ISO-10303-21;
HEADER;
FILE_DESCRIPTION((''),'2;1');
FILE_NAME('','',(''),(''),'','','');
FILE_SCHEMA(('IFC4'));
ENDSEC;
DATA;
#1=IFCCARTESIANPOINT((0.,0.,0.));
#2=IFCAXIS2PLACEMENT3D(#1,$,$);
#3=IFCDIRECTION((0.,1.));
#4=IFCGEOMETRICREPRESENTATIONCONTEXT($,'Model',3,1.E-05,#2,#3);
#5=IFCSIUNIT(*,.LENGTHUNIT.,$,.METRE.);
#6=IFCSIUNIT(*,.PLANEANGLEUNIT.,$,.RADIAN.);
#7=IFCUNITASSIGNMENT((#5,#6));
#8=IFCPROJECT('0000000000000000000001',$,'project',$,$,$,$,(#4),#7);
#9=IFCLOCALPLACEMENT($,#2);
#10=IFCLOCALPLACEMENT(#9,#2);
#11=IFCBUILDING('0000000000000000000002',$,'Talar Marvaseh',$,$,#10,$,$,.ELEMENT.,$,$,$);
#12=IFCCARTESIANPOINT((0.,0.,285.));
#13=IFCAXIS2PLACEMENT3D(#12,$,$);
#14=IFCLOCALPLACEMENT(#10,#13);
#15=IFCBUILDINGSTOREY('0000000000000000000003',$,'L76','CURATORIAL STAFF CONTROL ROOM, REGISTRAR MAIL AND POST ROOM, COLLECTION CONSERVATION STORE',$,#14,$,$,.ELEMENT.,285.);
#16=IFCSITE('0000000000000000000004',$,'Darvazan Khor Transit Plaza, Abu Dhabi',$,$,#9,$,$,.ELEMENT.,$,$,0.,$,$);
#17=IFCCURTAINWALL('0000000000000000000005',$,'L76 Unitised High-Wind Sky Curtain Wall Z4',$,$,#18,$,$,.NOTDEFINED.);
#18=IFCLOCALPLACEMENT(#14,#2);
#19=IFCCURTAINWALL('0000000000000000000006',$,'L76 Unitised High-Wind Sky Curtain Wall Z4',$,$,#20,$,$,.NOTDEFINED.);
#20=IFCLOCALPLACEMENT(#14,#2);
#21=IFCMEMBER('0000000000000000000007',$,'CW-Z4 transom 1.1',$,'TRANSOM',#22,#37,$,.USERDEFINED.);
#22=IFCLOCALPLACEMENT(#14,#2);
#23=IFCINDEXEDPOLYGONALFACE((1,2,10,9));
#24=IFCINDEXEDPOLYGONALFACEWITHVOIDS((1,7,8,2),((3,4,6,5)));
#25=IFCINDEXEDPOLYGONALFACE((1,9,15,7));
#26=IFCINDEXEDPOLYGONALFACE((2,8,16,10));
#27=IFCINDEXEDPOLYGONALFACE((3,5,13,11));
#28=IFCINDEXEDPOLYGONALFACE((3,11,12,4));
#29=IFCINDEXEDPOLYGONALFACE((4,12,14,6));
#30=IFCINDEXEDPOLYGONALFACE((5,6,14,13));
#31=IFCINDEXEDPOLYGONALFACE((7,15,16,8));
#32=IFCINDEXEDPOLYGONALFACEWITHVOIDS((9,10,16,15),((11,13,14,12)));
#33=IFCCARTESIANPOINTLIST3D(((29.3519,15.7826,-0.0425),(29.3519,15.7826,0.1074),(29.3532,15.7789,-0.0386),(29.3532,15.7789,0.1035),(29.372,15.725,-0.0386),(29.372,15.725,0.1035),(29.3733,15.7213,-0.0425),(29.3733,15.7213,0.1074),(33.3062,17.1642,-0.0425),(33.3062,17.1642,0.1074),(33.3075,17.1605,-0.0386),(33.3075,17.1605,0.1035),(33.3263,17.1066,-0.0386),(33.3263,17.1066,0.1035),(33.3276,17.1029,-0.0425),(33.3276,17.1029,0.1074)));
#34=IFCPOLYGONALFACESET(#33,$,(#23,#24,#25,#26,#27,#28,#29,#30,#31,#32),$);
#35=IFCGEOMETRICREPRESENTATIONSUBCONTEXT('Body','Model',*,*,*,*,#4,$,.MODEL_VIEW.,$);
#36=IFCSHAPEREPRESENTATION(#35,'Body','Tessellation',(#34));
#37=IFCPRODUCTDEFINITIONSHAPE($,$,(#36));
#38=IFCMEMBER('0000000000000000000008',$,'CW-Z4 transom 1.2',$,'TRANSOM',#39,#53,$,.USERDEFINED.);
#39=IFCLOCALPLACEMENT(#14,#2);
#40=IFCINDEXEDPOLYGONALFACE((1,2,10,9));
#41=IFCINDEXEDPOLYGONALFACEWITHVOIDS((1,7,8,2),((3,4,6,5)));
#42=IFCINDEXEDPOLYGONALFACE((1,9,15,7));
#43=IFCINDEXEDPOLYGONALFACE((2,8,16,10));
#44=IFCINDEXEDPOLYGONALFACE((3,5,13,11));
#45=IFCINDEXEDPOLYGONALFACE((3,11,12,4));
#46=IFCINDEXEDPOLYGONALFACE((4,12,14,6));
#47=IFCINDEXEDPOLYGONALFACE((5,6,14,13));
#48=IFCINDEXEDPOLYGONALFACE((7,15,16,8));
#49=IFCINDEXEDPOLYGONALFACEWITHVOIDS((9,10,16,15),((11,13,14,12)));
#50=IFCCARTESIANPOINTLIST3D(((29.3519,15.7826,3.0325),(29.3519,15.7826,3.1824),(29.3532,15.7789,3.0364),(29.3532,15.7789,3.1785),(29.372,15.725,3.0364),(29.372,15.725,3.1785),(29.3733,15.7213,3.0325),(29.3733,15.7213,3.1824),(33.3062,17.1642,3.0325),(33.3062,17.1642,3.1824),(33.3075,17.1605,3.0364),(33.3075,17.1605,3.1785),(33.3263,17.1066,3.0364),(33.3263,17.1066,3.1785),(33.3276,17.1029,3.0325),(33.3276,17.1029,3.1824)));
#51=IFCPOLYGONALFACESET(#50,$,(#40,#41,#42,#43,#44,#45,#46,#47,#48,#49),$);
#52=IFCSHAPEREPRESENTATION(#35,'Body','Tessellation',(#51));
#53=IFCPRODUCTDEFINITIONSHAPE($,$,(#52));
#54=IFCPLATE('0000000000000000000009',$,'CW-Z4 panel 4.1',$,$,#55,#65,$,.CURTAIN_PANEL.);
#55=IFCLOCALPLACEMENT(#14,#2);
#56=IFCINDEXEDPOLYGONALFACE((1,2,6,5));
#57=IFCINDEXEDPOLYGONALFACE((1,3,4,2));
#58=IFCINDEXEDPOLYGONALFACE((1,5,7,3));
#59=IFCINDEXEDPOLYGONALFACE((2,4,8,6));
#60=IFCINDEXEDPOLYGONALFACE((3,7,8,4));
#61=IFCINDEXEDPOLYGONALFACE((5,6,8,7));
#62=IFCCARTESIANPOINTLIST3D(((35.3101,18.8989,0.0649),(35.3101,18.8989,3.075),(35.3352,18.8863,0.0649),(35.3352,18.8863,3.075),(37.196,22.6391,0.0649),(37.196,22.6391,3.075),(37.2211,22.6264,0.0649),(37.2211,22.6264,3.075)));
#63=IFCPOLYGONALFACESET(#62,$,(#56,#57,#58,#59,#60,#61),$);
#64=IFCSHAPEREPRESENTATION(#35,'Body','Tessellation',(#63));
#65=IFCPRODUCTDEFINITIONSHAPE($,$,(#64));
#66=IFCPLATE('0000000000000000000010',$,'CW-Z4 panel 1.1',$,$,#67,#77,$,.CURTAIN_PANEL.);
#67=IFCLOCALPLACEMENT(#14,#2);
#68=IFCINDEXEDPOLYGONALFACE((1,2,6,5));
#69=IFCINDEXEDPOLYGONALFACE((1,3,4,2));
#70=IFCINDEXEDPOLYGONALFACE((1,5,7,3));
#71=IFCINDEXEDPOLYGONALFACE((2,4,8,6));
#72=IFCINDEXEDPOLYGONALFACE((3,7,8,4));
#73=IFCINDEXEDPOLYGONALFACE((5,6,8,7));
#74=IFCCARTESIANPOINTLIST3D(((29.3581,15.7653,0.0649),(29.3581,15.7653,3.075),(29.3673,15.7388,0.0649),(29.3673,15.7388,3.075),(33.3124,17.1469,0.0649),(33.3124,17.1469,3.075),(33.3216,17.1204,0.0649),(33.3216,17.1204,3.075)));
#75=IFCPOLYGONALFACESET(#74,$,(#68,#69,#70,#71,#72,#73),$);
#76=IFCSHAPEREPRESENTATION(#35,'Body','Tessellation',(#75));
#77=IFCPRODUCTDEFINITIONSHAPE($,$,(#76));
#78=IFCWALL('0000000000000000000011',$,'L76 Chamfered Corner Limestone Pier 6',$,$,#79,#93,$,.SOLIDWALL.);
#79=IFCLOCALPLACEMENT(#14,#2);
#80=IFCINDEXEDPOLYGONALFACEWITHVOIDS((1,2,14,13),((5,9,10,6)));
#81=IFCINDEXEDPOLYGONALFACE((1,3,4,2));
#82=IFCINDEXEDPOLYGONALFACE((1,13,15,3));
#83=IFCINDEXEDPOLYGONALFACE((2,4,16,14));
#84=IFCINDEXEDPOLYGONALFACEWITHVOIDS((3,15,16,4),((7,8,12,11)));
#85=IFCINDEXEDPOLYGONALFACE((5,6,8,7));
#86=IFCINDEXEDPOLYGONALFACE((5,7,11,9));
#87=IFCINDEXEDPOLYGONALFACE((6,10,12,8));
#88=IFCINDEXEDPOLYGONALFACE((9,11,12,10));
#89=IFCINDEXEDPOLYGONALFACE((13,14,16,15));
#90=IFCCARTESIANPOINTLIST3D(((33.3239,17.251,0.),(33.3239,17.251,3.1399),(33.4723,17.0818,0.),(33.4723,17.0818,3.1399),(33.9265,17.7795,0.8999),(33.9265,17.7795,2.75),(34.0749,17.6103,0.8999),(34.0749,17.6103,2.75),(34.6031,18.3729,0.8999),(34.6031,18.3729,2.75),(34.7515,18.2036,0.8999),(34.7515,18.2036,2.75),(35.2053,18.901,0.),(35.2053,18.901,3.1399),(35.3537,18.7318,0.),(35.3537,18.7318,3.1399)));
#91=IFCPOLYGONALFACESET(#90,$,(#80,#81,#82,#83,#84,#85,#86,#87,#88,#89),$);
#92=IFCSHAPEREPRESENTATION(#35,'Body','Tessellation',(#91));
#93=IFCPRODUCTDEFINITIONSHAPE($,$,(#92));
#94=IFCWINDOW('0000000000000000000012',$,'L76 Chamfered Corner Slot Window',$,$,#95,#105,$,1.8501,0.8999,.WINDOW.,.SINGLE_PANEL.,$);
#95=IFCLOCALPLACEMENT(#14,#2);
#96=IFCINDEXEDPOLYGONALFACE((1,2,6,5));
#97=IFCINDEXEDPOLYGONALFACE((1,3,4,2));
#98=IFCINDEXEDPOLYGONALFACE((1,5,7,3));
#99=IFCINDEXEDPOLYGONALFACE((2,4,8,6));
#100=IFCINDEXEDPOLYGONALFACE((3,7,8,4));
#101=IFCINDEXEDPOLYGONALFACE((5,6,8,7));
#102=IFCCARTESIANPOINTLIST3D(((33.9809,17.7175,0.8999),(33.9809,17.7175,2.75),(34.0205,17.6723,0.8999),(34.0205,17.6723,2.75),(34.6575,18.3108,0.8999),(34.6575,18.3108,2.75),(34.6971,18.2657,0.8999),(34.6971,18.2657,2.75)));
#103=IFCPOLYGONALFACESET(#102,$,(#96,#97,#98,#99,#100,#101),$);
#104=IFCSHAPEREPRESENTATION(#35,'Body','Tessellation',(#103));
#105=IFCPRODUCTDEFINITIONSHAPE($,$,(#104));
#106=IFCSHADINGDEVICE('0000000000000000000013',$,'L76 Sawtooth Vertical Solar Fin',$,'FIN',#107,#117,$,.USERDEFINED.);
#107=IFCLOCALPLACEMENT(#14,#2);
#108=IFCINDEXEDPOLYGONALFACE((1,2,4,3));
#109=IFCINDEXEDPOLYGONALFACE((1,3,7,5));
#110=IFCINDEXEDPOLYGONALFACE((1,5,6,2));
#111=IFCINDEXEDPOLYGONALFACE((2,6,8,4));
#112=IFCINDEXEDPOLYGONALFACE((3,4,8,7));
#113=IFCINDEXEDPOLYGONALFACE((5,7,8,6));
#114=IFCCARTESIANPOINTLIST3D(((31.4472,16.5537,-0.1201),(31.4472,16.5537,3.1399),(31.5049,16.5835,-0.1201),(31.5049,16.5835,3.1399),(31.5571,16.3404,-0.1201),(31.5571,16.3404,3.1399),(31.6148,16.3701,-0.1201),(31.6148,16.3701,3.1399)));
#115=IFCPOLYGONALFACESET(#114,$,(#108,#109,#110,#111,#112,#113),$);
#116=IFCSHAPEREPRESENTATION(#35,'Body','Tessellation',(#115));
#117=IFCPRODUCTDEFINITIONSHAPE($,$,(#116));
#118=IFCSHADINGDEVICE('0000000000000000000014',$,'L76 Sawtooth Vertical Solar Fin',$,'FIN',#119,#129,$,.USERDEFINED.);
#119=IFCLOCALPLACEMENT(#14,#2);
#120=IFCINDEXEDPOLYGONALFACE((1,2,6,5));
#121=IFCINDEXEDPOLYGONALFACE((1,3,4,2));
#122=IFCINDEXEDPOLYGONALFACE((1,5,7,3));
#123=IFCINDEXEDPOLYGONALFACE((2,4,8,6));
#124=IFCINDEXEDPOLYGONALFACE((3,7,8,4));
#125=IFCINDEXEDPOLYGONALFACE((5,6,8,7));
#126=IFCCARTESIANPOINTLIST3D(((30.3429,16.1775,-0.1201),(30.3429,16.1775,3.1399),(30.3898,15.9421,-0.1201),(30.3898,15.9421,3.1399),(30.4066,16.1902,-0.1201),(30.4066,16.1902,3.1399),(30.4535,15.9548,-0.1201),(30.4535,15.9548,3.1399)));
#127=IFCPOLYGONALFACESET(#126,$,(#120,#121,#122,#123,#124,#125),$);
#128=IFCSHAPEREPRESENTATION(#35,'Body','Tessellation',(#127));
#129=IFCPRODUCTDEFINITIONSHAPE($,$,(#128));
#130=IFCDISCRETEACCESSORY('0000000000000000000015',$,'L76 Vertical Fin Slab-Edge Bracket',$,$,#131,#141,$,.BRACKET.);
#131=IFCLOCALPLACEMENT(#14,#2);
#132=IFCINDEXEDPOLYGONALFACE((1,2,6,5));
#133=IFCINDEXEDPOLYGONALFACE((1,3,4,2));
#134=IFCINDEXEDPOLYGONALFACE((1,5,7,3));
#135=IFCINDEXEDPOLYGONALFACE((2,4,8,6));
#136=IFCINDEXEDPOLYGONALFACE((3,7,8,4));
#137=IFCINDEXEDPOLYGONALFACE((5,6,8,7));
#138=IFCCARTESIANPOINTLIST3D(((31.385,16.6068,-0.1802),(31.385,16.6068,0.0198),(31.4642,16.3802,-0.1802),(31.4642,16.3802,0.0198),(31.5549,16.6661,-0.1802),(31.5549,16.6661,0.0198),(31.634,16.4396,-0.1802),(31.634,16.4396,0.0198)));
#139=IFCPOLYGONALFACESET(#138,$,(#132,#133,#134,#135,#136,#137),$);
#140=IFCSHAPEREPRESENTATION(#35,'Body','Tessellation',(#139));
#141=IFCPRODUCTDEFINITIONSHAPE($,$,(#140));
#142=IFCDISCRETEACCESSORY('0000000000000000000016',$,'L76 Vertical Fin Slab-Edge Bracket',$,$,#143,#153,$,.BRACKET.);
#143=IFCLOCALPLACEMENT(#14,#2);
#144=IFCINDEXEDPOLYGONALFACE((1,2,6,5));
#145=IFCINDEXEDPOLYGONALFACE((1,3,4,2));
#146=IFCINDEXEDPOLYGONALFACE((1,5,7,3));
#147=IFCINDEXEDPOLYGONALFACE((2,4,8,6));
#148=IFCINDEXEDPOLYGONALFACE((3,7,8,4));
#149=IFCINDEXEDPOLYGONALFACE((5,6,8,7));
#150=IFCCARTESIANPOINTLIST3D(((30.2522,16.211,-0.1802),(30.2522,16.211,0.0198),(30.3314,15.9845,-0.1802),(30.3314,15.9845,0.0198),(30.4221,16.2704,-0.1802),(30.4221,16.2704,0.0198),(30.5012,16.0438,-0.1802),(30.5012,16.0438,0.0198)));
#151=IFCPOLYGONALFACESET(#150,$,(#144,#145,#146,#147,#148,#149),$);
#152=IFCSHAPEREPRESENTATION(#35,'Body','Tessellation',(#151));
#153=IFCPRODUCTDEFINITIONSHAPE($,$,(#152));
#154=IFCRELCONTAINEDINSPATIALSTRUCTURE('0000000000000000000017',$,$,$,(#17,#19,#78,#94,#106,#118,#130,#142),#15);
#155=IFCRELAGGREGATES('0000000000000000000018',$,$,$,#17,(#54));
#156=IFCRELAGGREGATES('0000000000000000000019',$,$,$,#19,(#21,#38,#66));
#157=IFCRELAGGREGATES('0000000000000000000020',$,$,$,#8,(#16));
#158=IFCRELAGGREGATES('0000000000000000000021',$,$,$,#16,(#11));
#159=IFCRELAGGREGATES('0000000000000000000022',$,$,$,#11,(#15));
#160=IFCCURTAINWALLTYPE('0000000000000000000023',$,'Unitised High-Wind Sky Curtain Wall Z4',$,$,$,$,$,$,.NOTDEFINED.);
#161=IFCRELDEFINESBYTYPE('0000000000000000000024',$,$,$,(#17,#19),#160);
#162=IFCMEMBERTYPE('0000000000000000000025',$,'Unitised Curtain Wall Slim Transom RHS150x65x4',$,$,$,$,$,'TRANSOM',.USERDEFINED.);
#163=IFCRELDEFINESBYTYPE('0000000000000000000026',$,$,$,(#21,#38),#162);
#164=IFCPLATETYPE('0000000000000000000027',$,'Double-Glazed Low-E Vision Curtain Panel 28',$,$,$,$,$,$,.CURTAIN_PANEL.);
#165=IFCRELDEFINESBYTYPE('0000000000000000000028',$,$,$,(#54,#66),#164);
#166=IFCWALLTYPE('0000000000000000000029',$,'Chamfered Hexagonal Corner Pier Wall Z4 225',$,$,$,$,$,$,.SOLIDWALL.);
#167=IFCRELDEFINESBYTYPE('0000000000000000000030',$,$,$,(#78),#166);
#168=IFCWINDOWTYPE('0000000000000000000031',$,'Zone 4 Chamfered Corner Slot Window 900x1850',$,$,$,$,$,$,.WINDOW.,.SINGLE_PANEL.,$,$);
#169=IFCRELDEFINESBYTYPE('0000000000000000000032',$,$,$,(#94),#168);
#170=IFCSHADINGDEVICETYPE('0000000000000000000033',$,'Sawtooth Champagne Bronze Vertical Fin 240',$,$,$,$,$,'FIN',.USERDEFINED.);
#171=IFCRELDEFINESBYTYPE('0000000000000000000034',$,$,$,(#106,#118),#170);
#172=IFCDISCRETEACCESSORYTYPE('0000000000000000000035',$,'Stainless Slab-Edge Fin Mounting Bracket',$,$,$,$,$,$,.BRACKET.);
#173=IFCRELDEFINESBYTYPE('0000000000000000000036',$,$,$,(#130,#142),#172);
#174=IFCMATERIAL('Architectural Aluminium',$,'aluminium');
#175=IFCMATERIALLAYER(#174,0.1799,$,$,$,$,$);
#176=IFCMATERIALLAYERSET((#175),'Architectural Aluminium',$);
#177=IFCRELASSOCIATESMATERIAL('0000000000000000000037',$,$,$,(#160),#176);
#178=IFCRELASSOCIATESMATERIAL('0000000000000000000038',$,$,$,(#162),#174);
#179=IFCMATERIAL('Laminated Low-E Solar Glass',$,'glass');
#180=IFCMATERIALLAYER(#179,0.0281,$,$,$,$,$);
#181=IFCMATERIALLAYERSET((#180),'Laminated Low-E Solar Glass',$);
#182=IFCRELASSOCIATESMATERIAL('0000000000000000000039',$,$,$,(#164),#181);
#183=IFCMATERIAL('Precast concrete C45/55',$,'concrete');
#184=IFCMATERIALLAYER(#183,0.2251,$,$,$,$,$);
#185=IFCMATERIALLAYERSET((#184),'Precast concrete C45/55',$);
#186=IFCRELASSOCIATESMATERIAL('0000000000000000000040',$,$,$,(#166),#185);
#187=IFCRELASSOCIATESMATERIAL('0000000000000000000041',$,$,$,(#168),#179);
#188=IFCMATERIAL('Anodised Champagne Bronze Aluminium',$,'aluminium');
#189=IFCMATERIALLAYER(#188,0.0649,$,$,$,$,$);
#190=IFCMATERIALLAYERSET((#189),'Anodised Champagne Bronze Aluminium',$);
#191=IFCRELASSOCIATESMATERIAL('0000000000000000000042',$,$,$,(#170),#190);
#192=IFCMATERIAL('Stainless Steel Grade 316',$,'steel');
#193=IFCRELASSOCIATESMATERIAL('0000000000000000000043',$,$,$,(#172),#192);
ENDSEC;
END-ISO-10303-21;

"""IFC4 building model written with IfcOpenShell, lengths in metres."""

from ifc_helpers import new_model, si_unit, direction, frame, frame_2d, origin, origin_2d, place, context, subcontext, project, spatial, rectangle, hollow_rectangle, extrude, source, transform, mapped, material, layer, layer_set, material_profile, profile_set, type_object, type_shapes, element, fill, aggregate, save


model = new_model("IFC4")

# Units and contexts
model_context = context("Model", 3, precision=1e-05, world=origin(), true_north=direction((0.0, 1.0)))
body_context = subcontext(model_context, "Body", "Model", "MODEL_VIEW")
ifc_project = project(units=[si_unit("LENGTHUNIT", "METRE"), si_unit("PLANEANGLEUNIT", "RADIAN")], contexts=[model_context])

# Site, building, storey
site_placement = place(None, origin())
site = spatial("IfcSite", under=ifc_project, at=site_placement, Name="Darvazan Khor Transit Plaza, Abu Dhabi", CompositionType="ELEMENT", RefElevation=0.0)
building_placement = place(site_placement, origin())
building = spatial("IfcBuilding", under=site, at=building_placement, Name="Talar Marvaseh", CompositionType="ELEMENT")
storey_placement = place(building_placement, frame((0.0, 0.0, 285.0)))
storey = spatial("IfcBuildingStorey", under=building, at=storey_placement, Name="L76", Description="CURATORIAL STAFF CONTROL ROOM, REGISTRAR MAIL AND POST ROOM, COLLECTION CONSERVATION STORE", CompositionType="ELEMENT", Elevation=285.0)

# Curtain wall
ifc_material_1 = material(Name="Architectural Aluminium", Category="aluminium")
ifc_layer_1 = layer(ifc_material_1, 0.1799)
ifc_layer_set_1 = layer_set([ifc_layer_1], Name="Architectural Aluminium")
curtain_wall_type = type_object("IfcCurtainWallType", Name="Unitised High-Wind Sky Curtain Wall Z4", PredefinedType="NOTDEFINED", material=ifc_layer_set_1)
curtain_wall_1_placement = place(storey_placement, origin())
curtain_wall_1 = element("IfcCurtainWall", 1, at=curtain_wall_1_placement, inside=storey, type_object=curtain_wall_type, Name="L76 Unitised High-Wind Sky Curtain Wall Z4", PredefinedType="NOTDEFINED")

# Curtain wall
curtain_wall_2_placement = place(storey_placement, origin())
curtain_wall_2 = element("IfcCurtainWall", 2, at=curtain_wall_2_placement, inside=storey, type_object=curtain_wall_type, Name="L76 Unitised High-Wind Sky Curtain Wall Z4", PredefinedType="NOTDEFINED")

# Members
ifc_material_profile_1 = material_profile(ifc_material_1, hollow_rectangle(XDim=0.0649, YDim=0.1499, WallThickness=0.0039, at=origin_2d()), Name="RHS150x65x4")
ifc_profile_set_1 = profile_set([ifc_material_profile_1], Name="Architectural Aluminium")
member_type_1 = type_object("IfcMemberType", Name="Unitised Curtain Wall Slim Transom RHS150x65x4", ElementType="TRANSOM", PredefinedType="USERDEFINED", material=ifc_profile_set_1)
shared_shape_1 = source(origin(), body_context, "Body", "SweptSolid", [
    extrude(hollow_rectangle(XDim=0.0649, YDim=0.1499, WallThickness=0.0039, at=origin_2d()), origin(), (0.0, 0.0, 1.0), 4.1887),
])
type_shapes(member_type_1, [shared_shape_1])
member_1_placement = place(storey_placement, frame((33.3169, 17.1335, 0.0325), z_axis=(-0.944039, -0.329834, 0.0), x_axis=(0.329834, -0.944039, 0.0)))
member_1 = element("IfcMember", 3, at=member_1_placement, type_object=member_type_1, Name="CW-Z4 transom 1.1", ObjectType="TRANSOM", PredefinedType="USERDEFINED", context=body_context, shape_type="MappedRepresentation", body=[
    mapped(shared_shape_1, transform((0.0, 0.0, 0.0), x_axis=(1.0, 0.0, 0.0), y_axis=(0.0, 1.0, 0.0), z_axis=(0.0, 0.0, 1.0), scale=1.0)),
])
member_2_placement = place(storey_placement, frame((33.3169, 17.1335, 3.1074), z_axis=(-0.944039, -0.329834, 0.0), x_axis=(0.329834, -0.944039, 0.0)))
member_2 = element("IfcMember", 4, at=member_2_placement, type_object=member_type_1, Name="CW-Z4 transom 1.2", ObjectType="TRANSOM", PredefinedType="USERDEFINED", context=body_context, shape_type="MappedRepresentation", body=[
    mapped(shared_shape_1, transform((0.0, 0.0, 0.0), x_axis=(1.0, 0.0, 0.0), y_axis=(0.0, 1.0, 0.0), z_axis=(0.0, 0.0, 1.0), scale=1.0)),
])

# Plates
ifc_material_2 = material(Name="Laminated Low-E Solar Glass", Category="glass")
ifc_layer_2 = layer(ifc_material_2, 0.0281)
ifc_layer_set_2 = layer_set([ifc_layer_2], Name="Laminated Low-E Solar Glass")
plate_type = type_object("IfcPlateType", Name="Double-Glazed Low-E Vision Curtain Panel 28", PredefinedType="CURTAIN_PANEL", material=ifc_layer_set_2)
shared_shape_2 = source(origin(), body_context, "Body", "SweptSolid", [
    extrude(rectangle(XDim=4.1887, YDim=0.0281, at=origin_2d()), origin(), (0.0, 0.0, 1.0), 3.01),
])
type_shapes(plate_type, [shared_shape_2])
plate_1_placement = place(storey_placement, frame((36.2656, 20.7627, 0.0649), z_axis=(0.0, 0.0, 1.0), x_axis=(-0.450237, -0.892909, 0.0)))
plate_1 = element("IfcPlate", 5, at=plate_1_placement, type_object=plate_type, Name="CW-Z4 panel 4.1", PredefinedType="CURTAIN_PANEL", context=body_context, shape_type="MappedRepresentation", body=[
    mapped(shared_shape_2, transform((0.0, 0.0, 0.0), x_axis=(1.0, 0.0, 0.0), y_axis=(0.0, 1.0, 0.0), z_axis=(0.0, 0.0, 1.0), scale=1.0)),
])
aggregate(curtain_wall_1, [plate_1])
plate_2_placement = place(storey_placement, frame((31.3398, 16.4429, 0.0649), z_axis=(0.0, 0.0, 1.0), x_axis=(-0.944038, -0.329838, 0.0)))
plate_2 = element("IfcPlate", 6, at=plate_2_placement, type_object=plate_type, Name="CW-Z4 panel 1.1", PredefinedType="CURTAIN_PANEL", context=body_context, shape_type="MappedRepresentation", body=[
    mapped(shared_shape_2, transform((0.0, 0.0, 0.0), x_axis=(1.0, 0.0, 0.0), y_axis=(0.0, 1.0, 0.0), z_axis=(0.0, 0.0, 1.0), scale=1.0)),
])
aggregate(curtain_wall_2, [member_1, member_2, plate_2])

# Wall, opening, window
ifc_material_3 = material(Name="Precast concrete C45/55", Category="concrete")
ifc_layer_3 = layer(ifc_material_3, 0.2251)
ifc_layer_set_3 = layer_set([ifc_layer_3], Name="Precast concrete C45/55")
wall_type = type_object("IfcWallType", Name="Chamfered Hexagonal Corner Pier Wall Z4 225", PredefinedType="SOLIDWALL", material=ifc_layer_set_3)
wall_placement = place(storey_placement, frame((35.2795, 18.8164, 0.0), z_axis=(0.0, 0.0, 1.0), x_axis=(-0.751839, -0.659347, 0.0)))
wall = element("IfcWall", 7, at=wall_placement, inside=storey, type_object=wall_type, Name="L76 Chamfered Corner Limestone Pier 6", PredefinedType="SOLIDWALL", context=body_context, shape_type="SweptSolid", body=[
    extrude(rectangle(XDim=2.5024, YDim=0.2251, at=frame_2d((1.2512, 0.0))), origin(), (0.0, 0.0, 1.0), 3.1399),
])
opening_placement = place(wall_placement, frame((0.801, 0.0, 0.8999)))
opening = element("IfcOpeningElement", 8, at=opening_placement, cuts=wall, PredefinedType="OPENING", context=body_context, shape_type="SweptSolid", body=[
    extrude(rectangle(XDim=0.8999, YDim=1.8501, at=frame_2d((0.45, 0.925))), frame((0.0, 0.1226, 0.0), z_axis=(0.0, -1.0, 0.0), x_axis=(1.0, 0.0, 0.0)), (0.0, 0.0, 1.0), 0.2451),
])
window_type = type_object("IfcWindowType", Name="Zone 4 Chamfered Corner Slot Window 900x1850", PartitioningType="SINGLE_PANEL", PredefinedType="WINDOW", material=ifc_material_2)
shared_shape_3 = source(origin(), body_context, "Body", "SweptSolid", [
    extrude(rectangle(XDim=0.8999, YDim=1.8501, at=frame_2d((0.45, 0.925))), frame((0.0, 0.03, 0.0), z_axis=(0.0, -1.0, 0.0), x_axis=(1.0, 0.0, 0.0)), (0.0, 0.0, 1.0), 0.0601),
])
type_shapes(window_type, [shared_shape_3])
window_placement = place(opening_placement, origin())
window = element("IfcWindow", 9, at=window_placement, inside=storey, type_object=window_type, Name="L76 Chamfered Corner Slot Window", OverallHeight=1.8501, OverallWidth=0.8999, PartitioningType="SINGLE_PANEL", PredefinedType="WINDOW", context=body_context, shape_type="MappedRepresentation", body=[
    mapped(shared_shape_3, transform((0.0, 0.0, 0.0), x_axis=(1.0, 0.0, 0.0), y_axis=(0.0, 1.0, 0.0), z_axis=(0.0, 0.0, 1.0), scale=1.0)),
])
fill(opening, window)

# Shading devices
ifc_material_4 = material(Name="Anodised Champagne Bronze Aluminium", Category="aluminium")
ifc_layer_4 = layer(ifc_material_4, 0.0649)
ifc_layer_set_4 = layer_set([ifc_layer_4], Name="Anodised Champagne Bronze Aluminium")
shading_device_type = type_object("IfcShadingDeviceType", Name="Sawtooth Champagne Bronze Vertical Fin 240", ElementType="FIN", PredefinedType="USERDEFINED", material=ifc_layer_set_4)
shared_shape_4 = source(origin(), body_context, "Body", "SweptSolid", [
    extrude(rectangle(XDim=0.24, YDim=0.0649, at=origin_2d()), origin(), (0.0, 0.0, 1.0), 3.26),
])
type_shapes(shading_device_type, [shared_shape_4])
for number, where, z_axis, x_axis, name in (
    (10, (31.531, 16.4619, -0.1201), (0.0, 0.0, 1.0), (0.458029, -0.888937, 0.0), "L76 Sawtooth Vertical Solar Fin"),
    (11, (30.3982, 16.0662, -0.1201), (0.0, 0.0, 1.0), (0.195261, -0.980751, 0.0), "L76 Sawtooth Vertical Solar Fin"),
):
    element("IfcShadingDevice", number, at=place(storey_placement, frame(where, z_axis=z_axis, x_axis=x_axis)), inside=storey, type_object=shading_device_type, Name=name, ObjectType="FIN", PredefinedType="USERDEFINED", context=body_context, shape_type="MappedRepresentation", body=[
        mapped(shared_shape_4, transform((0.0, 0.0, 0.0), x_axis=(1.0, 0.0, 0.0), y_axis=(0.0, 1.0, 0.0), z_axis=(0.0, 0.0, 1.0), scale=1.0)),
    ])

# Discrete accessories
ifc_material_5 = material(Name="Stainless Steel Grade 316", Category="steel")
discrete_accessory_type = type_object("IfcDiscreteAccessoryType", Name="Stainless Slab-Edge Fin Mounting Bracket", PredefinedType="BRACKET", material=ifc_material_5)
shared_shape_5 = source(origin(), body_context, "Body", "SweptSolid", [
    extrude(rectangle(XDim=0.24, YDim=0.1799, at=origin_2d()), origin(), (0.0, 0.0, 1.0), 0.2),
])
type_shapes(discrete_accessory_type, [shared_shape_5])
for number, where, z_axis, x_axis, name in (
    (12, (31.5095, 16.5232, -0.1802), (0.0, 0.0, 1.0), (0.329855, -0.944031, 0.0), "L76 Vertical Fin Slab-Edge Bracket"),
    (13, (30.3767, 16.1274, -0.1802), (0.0, 0.0, 1.0), (0.329855, -0.944031, 0.0), "L76 Vertical Fin Slab-Edge Bracket"),
):
    element("IfcDiscreteAccessory", number, at=place(storey_placement, frame(where, z_axis=z_axis, x_axis=x_axis)), inside=storey, type_object=discrete_accessory_type, Name=name, PredefinedType="BRACKET", context=body_context, shape_type="MappedRepresentation", body=[
        mapped(shared_shape_5, transform((0.0, 0.0, 0.0), x_axis=(1.0, 0.0, 0.0), y_axis=(0.0, 1.0, 0.0), z_axis=(0.0, 0.0, 1.0), scale=1.0)),
    ])

save(model, "model.ifc")
